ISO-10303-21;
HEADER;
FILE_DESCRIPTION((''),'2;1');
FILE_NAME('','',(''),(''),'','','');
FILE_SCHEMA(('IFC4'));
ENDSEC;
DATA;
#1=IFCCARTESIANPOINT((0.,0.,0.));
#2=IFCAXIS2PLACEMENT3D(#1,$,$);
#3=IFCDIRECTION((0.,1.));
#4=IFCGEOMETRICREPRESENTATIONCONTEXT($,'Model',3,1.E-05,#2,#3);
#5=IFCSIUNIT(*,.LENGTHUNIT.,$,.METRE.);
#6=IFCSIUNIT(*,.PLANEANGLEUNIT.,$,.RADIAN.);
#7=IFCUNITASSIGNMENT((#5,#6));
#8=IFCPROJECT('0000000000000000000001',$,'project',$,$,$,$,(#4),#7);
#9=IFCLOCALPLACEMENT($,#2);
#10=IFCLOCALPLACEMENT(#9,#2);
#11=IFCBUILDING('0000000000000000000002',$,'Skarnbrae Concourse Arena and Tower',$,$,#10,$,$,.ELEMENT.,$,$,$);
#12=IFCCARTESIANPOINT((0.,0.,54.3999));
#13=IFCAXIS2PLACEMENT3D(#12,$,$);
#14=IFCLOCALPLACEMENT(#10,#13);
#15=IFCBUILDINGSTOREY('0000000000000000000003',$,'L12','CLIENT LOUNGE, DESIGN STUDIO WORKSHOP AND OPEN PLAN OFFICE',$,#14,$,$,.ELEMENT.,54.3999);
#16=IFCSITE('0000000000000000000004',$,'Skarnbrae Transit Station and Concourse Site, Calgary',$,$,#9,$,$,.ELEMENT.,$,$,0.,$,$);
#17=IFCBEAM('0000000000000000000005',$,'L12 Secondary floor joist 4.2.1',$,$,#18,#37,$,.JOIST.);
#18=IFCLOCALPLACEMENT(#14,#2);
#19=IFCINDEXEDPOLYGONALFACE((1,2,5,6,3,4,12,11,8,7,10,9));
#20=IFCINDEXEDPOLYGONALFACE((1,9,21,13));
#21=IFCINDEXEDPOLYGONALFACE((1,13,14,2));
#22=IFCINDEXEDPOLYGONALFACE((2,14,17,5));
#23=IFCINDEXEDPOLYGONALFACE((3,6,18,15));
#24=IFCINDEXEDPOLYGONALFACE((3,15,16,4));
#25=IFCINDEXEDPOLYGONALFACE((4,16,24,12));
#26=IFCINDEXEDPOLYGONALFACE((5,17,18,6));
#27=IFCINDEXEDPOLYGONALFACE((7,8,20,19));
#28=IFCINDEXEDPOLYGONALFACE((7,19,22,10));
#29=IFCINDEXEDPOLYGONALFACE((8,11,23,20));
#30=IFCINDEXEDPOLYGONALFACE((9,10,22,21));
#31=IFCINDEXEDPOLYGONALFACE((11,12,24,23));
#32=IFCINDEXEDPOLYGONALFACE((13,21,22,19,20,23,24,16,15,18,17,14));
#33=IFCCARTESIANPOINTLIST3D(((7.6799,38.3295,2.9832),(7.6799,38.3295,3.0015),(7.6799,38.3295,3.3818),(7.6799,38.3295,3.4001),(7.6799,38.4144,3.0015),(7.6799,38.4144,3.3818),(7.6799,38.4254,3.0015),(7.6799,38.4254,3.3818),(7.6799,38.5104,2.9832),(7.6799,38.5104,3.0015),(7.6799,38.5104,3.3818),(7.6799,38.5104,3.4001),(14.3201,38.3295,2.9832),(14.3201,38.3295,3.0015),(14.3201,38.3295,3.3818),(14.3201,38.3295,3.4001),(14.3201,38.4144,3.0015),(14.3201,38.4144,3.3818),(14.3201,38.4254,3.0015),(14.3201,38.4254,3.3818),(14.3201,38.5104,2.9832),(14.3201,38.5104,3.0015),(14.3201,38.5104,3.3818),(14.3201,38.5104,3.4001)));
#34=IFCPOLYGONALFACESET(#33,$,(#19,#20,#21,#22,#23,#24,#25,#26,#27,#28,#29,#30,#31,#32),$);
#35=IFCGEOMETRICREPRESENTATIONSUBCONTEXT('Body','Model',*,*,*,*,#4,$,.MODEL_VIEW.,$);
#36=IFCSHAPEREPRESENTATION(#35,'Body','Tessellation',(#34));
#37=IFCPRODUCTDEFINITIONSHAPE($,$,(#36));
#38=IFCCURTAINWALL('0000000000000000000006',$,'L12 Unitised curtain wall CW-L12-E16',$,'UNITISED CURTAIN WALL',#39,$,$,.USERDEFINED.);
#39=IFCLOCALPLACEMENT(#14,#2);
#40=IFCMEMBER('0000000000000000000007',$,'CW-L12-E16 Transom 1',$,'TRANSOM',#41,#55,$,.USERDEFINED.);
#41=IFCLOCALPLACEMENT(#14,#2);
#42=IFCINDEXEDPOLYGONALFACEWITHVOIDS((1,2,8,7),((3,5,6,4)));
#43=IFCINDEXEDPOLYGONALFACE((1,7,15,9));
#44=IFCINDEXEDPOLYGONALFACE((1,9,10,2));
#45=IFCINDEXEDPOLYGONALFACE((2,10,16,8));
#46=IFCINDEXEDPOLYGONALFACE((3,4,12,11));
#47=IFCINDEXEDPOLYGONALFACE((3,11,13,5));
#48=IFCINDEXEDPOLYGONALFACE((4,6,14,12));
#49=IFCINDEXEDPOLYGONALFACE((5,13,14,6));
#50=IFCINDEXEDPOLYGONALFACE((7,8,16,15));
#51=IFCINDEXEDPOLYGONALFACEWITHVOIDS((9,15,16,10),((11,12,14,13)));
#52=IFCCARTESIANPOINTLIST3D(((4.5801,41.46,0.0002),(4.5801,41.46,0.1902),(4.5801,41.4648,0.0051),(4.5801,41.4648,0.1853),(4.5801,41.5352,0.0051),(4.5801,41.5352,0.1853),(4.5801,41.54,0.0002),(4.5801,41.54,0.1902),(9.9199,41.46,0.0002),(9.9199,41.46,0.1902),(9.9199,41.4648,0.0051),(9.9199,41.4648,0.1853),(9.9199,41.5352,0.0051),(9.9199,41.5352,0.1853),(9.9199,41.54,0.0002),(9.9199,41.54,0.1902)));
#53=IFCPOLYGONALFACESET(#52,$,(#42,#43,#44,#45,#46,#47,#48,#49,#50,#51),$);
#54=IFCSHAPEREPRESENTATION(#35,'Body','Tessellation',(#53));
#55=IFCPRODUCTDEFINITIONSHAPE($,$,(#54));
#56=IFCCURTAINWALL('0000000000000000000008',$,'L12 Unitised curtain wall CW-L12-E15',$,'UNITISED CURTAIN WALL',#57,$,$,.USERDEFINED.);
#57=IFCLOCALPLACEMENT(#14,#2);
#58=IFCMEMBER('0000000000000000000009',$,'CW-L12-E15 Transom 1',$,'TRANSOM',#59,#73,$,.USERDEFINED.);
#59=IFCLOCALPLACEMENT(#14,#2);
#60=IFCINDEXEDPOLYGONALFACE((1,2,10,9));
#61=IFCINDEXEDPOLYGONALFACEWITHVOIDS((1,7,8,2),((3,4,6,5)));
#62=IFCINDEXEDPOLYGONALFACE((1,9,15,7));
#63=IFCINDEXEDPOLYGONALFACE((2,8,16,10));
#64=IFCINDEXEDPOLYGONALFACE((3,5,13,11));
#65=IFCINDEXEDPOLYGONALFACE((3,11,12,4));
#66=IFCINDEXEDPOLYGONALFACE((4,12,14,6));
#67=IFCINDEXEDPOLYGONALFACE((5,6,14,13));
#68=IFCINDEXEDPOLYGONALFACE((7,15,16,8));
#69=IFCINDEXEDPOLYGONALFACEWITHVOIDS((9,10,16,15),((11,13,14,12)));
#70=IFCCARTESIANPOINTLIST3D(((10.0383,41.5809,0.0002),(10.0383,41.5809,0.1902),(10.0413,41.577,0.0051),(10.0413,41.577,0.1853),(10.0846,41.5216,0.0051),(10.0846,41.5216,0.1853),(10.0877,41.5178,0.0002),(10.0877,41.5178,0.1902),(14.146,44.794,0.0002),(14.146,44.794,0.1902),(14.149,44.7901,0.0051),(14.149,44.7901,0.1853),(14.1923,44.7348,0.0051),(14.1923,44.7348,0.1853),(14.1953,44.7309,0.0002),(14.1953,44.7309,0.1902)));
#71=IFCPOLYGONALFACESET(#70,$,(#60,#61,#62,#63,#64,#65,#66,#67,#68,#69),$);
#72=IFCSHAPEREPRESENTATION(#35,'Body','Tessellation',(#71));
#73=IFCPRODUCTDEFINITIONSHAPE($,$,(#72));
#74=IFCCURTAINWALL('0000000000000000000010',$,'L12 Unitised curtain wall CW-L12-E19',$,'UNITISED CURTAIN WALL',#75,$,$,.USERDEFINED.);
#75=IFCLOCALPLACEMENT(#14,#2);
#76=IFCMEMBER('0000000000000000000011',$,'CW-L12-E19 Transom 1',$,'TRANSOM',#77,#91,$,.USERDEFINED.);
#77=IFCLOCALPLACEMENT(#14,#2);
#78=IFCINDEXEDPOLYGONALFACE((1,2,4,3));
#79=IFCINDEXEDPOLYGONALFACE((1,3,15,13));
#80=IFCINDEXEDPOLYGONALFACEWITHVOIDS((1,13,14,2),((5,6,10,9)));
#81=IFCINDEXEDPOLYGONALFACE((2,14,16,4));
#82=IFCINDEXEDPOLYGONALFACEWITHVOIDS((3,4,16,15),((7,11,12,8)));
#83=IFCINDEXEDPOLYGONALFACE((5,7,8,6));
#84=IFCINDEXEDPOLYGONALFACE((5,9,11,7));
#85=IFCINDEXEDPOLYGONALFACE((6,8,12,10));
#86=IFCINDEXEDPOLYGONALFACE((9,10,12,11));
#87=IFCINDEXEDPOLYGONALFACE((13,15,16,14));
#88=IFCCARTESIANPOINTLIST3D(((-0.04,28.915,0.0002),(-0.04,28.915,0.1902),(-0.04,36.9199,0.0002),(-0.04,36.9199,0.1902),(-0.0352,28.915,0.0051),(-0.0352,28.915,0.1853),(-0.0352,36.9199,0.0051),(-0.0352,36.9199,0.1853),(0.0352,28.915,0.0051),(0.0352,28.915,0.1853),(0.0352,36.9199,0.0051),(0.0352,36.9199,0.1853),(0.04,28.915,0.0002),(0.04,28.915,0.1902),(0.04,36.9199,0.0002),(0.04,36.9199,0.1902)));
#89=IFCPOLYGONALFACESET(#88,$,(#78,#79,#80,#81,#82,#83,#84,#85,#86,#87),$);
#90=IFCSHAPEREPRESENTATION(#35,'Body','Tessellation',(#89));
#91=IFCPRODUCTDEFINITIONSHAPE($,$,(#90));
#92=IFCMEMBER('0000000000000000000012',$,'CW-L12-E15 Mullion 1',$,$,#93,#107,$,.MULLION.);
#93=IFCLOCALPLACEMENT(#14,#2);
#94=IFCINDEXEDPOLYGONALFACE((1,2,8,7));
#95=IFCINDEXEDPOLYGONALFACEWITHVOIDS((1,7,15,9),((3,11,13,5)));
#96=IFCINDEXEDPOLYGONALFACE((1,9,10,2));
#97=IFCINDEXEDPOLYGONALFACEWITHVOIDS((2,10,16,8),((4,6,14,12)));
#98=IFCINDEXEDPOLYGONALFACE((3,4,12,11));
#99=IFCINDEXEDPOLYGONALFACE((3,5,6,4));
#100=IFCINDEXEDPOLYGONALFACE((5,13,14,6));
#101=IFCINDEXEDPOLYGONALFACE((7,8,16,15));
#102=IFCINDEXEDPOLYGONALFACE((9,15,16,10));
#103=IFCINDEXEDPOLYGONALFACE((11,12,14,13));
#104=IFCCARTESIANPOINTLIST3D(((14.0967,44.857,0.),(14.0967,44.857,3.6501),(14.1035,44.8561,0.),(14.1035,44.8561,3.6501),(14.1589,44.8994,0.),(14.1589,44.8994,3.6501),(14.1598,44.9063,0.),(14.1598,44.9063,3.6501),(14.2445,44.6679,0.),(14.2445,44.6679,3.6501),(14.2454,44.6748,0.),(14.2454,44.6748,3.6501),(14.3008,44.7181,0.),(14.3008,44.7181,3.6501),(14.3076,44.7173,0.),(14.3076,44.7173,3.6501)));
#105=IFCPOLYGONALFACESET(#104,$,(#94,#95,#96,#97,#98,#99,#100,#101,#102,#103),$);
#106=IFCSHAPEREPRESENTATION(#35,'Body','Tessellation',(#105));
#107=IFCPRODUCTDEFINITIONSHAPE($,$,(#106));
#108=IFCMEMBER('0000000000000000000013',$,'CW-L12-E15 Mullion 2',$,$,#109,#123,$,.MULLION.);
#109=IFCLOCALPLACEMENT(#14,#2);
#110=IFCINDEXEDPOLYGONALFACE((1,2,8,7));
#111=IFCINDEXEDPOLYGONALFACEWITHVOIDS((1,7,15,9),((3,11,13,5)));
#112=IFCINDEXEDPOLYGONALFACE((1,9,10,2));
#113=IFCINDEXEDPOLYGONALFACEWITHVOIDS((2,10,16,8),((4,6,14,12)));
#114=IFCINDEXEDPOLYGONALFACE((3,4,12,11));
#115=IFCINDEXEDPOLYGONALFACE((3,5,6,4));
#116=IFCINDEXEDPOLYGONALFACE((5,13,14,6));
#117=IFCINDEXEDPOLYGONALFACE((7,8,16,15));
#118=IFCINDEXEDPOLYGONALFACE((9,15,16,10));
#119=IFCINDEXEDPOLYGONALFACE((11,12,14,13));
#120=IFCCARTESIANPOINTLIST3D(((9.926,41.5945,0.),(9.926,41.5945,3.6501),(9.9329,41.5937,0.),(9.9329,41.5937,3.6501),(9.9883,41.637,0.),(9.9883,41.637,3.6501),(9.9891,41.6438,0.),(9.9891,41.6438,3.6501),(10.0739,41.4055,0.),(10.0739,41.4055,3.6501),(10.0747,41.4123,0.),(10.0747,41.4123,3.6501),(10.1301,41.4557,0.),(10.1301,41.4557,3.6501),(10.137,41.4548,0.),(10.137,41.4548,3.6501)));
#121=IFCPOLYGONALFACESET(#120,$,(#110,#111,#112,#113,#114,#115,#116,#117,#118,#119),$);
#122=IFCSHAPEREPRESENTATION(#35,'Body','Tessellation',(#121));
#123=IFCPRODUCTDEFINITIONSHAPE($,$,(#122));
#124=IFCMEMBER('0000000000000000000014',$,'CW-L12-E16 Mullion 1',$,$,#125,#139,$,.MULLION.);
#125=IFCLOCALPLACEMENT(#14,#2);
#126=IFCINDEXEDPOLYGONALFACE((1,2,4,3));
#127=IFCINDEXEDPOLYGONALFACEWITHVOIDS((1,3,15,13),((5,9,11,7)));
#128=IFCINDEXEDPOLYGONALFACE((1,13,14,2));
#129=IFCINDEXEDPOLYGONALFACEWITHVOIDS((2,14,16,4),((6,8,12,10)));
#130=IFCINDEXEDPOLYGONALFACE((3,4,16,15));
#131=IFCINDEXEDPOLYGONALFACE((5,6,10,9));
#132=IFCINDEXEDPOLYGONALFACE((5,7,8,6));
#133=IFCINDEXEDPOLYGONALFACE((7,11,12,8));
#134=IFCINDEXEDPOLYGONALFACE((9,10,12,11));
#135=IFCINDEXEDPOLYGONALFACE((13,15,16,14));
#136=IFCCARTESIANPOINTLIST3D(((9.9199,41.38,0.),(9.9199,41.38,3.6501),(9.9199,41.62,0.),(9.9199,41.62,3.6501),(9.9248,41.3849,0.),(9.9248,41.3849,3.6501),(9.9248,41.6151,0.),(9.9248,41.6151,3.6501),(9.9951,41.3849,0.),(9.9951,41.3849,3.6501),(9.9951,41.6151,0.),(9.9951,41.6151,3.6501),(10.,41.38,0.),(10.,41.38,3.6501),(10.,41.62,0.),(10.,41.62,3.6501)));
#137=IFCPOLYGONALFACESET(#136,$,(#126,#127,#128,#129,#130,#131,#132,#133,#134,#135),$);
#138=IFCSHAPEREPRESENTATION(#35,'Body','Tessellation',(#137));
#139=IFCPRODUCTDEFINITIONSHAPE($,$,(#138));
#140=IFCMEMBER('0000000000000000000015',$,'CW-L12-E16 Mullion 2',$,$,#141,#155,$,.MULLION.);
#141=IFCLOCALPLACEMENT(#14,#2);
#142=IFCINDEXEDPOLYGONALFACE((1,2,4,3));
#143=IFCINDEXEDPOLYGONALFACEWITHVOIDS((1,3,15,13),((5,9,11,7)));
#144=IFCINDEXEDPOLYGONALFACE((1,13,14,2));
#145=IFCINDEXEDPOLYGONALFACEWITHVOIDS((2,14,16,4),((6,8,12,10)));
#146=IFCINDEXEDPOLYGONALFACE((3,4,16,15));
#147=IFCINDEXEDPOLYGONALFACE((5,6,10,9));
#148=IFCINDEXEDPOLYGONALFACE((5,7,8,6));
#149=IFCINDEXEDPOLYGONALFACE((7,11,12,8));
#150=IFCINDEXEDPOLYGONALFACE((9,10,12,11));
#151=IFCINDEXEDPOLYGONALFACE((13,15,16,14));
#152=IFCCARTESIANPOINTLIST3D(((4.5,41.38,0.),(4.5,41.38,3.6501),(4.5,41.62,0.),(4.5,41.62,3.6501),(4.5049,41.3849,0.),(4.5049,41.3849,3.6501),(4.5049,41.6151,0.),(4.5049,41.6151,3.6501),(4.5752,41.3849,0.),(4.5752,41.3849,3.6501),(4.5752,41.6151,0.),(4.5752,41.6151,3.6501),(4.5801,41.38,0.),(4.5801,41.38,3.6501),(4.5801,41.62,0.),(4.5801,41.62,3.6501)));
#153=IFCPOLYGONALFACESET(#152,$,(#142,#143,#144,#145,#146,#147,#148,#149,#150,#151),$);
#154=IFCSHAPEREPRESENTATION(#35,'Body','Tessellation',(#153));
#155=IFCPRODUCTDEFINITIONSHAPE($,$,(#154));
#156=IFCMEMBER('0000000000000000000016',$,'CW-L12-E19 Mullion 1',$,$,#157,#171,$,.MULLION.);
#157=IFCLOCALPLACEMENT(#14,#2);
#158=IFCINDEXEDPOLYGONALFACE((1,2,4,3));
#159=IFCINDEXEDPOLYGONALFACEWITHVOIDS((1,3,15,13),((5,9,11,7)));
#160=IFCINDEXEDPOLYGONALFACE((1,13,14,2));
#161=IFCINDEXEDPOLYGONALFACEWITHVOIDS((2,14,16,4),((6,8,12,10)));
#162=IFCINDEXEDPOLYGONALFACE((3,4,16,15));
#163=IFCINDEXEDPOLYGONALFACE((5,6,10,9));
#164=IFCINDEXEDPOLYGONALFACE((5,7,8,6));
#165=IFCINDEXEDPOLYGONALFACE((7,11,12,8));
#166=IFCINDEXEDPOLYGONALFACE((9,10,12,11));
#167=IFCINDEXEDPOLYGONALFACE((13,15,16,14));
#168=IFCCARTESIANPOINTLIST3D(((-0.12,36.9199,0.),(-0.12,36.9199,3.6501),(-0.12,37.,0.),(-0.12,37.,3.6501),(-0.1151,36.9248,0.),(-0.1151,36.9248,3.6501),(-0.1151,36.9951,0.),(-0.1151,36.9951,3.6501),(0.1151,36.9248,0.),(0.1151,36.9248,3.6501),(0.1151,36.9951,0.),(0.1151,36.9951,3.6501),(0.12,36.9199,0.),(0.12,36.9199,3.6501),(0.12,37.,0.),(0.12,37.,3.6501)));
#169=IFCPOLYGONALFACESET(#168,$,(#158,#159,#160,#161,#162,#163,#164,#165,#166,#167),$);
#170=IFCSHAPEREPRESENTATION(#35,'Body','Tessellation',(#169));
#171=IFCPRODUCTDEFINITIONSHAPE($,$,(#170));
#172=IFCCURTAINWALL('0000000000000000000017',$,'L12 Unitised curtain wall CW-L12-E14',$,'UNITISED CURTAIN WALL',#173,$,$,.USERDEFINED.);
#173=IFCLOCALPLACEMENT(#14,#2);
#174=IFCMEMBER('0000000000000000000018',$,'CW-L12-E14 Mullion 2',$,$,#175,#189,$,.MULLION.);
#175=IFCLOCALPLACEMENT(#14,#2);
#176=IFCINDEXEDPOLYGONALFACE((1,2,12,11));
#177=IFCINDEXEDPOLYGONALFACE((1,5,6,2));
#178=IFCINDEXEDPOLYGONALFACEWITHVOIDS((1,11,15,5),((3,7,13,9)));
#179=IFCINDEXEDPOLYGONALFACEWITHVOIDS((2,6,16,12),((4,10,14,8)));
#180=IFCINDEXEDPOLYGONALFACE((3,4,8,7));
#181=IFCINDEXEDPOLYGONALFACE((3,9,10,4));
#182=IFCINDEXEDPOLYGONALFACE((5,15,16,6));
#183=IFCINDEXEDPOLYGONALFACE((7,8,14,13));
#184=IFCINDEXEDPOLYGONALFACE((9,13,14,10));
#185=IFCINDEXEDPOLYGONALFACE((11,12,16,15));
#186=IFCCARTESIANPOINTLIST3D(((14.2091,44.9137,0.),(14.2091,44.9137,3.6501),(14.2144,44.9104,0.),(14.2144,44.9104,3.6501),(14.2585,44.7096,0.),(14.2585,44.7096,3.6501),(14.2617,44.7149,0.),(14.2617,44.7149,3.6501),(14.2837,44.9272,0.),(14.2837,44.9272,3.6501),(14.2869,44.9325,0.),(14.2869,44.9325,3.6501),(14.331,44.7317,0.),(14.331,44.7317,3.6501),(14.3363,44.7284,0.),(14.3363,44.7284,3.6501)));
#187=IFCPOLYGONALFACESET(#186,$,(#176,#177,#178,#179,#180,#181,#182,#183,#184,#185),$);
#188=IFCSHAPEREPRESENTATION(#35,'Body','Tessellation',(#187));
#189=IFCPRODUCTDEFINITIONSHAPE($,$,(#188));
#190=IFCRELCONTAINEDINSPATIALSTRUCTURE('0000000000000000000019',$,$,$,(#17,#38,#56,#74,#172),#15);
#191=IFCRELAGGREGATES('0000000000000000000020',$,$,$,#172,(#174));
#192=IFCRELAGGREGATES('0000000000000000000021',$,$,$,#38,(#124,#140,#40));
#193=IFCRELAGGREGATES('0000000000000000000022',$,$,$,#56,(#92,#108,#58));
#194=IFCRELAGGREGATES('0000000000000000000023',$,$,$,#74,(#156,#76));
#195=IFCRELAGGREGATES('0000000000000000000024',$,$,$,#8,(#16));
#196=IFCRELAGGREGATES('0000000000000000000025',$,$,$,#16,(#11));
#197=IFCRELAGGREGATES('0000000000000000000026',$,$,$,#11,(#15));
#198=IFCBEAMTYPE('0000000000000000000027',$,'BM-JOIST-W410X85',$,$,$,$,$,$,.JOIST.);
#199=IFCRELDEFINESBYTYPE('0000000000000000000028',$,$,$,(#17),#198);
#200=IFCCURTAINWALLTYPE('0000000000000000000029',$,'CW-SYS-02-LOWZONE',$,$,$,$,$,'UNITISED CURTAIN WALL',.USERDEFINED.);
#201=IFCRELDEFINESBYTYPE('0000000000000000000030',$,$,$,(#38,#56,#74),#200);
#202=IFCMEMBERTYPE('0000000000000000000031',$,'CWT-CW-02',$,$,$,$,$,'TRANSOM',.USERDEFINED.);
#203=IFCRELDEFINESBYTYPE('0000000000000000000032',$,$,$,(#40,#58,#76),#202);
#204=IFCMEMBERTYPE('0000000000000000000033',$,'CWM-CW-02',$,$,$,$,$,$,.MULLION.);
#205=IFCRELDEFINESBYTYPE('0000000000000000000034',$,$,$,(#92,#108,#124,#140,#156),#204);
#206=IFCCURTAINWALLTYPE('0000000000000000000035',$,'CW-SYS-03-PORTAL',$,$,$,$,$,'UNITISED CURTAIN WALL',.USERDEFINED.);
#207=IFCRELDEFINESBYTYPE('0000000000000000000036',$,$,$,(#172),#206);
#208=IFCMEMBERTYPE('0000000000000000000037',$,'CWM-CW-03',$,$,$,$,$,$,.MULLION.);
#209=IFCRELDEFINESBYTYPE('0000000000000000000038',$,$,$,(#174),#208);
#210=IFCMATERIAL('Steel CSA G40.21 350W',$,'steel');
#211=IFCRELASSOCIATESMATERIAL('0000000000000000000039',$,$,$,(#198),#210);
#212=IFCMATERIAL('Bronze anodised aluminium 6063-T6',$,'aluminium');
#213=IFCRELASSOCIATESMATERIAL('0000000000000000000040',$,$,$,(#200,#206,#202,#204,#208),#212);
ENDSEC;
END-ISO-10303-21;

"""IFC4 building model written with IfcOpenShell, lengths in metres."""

from ifc_helpers import new_model, si_unit, direction, frame, origin, origin_2d, place, context, subcontext, project, spatial, hollow_rectangle, i_section, extrude, source, transform, mapped, material, material_profile, profile_set, type_object, element, aggregate, save


model = new_model("IFC4")

# Units and contexts
model_context = context("Model", 3, precision=1e-05, world=origin(), true_north=direction((0.0, 1.0)))
body_context = subcontext(model_context, "Body", "Model", "MODEL_VIEW")
ifc_project = project(units=[si_unit("LENGTHUNIT", "METRE"), si_unit("PLANEANGLEUNIT", "RADIAN")], contexts=[model_context])

# Site, building, storey
site_placement = place(None, origin())
site = spatial("IfcSite", under=ifc_project, at=site_placement, Name="Skarnbrae Transit Station and Concourse Site, Calgary", CompositionType="ELEMENT", RefElevation=0.0)
building_placement = place(site_placement, origin())
building = spatial("IfcBuilding", under=site, at=building_placement, Name="Skarnbrae Concourse Arena and Tower", CompositionType="ELEMENT")
storey_placement = place(building_placement, frame((0.0, 0.0, 54.3999)))
storey = spatial("IfcBuildingStorey", under=building, at=storey_placement, Name="L12", Description="CLIENT LOUNGE, DESIGN STUDIO WORKSHOP AND OPEN PLAN OFFICE", CompositionType="ELEMENT", Elevation=54.3999)

# Shared definitions
ifc_material_1 = material(Name="Steel CSA G40.21 350W", Category="steel")

# Beam
ifc_material_profile_1 = material_profile(ifc_material_1, i_section(OverallWidth=0.1809, OverallDepth=0.417, WebThickness=0.011, FlangeThickness=0.0183, at=origin_2d()), Name="W410X85")
ifc_profile_set_1 = profile_set([ifc_material_profile_1], Name="Steel CSA G40.21 350W")
beam_type_1 = type_object("IfcBeamType", Name="BM-JOIST-W410X85", PredefinedType="JOIST", material=ifc_profile_set_1)
shared_shape_1 = source(origin(), body_context, "Body", "SweptSolid", [
    extrude(i_section(OverallWidth=0.1809, OverallDepth=0.417, WebThickness=0.011, FlangeThickness=0.0183, at=origin_2d()), origin(), (0.0, 0.0, 1.0), 6.6401),
])
for number, where, z_axis, x_axis, name in (
    (1, (7.6799, 38.4199, 3.1917), (1.0, 0.0, 0.0), (0.0, 1.0, 0.0), "L12 Secondary floor joist 4.2.1"),
):
    element("IfcBeam", number, at=place(storey_placement, frame(where, z_axis=z_axis, x_axis=x_axis)), inside=storey, type_object=beam_type_1, Name=name, PredefinedType="JOIST", context=body_context, shape_type="MappedRepresentation", body=[
        mapped(shared_shape_1, transform((0.0, 0.0, 0.0))),
    ])

# Curtain walls, members
ifc_material_2 = material(Name="Bronze anodised aluminium 6063-T6", Category="aluminium")
curtain_wall_type_1 = type_object("IfcCurtainWallType", Name="CW-SYS-02-LOWZONE", ElementType="UNITISED CURTAIN WALL", PredefinedType="USERDEFINED", material=ifc_material_2)
curtain_wall_1_placement = place(storey_placement, origin())
curtain_wall_1 = element("IfcCurtainWall", 2, at=curtain_wall_1_placement, inside=storey, type_object=curtain_wall_type_1, Name="L12 Unitised curtain wall CW-L12-E16", ObjectType="UNITISED CURTAIN WALL", PredefinedType="USERDEFINED")
ifc_material_profile_2 = material_profile(ifc_material_2, hollow_rectangle(XDim=0.0801, YDim=0.1899, WallThickness=0.0049, at=origin_2d()), Name="ALU-TRAN-80X190")
ifc_profile_set_2 = profile_set([ifc_material_profile_2], Name="Bronze anodised aluminium 6063-T6")
member_type_1 = type_object("IfcMemberType", Name="CWT-CW-02", ElementType="TRANSOM", PredefinedType="USERDEFINED", material=ifc_profile_set_2)
shared_shape_2 = source(origin(), body_context, "Body", "SweptSolid", [
    extrude(hollow_rectangle(XDim=0.0801, YDim=0.1899, WallThickness=0.0049, at=origin_2d()), origin(), (0.0, 0.0, 1.0), 5.3398),
])
member_1_placement = place(storey_placement, frame((9.9199, 41.5, 0.0952), z_axis=(-1.0, 0.0, 0.0), x_axis=(0.0, -1.0, 0.0)))
member_1 = element("IfcMember", 3, at=member_1_placement, type_object=member_type_1, Name="CW-L12-E16 Transom 1", ObjectType="TRANSOM", PredefinedType="USERDEFINED", context=body_context, shape_type="MappedRepresentation", body=[
    mapped(shared_shape_2, transform((0.0, 0.0, 0.0))),
])
curtain_wall_2_placement = place(storey_placement, origin())
curtain_wall_2 = element("IfcCurtainWall", 4, at=curtain_wall_2_placement, inside=storey, type_object=curtain_wall_type_1, Name="L12 Unitised curtain wall CW-L12-E15", ObjectType="UNITISED CURTAIN WALL", PredefinedType="USERDEFINED")
shared_shape_3 = source(origin(), body_context, "Body", "SweptSolid", [
    extrude(hollow_rectangle(XDim=0.0801, YDim=0.1899, WallThickness=0.0049, at=origin_2d()), origin(), (0.0, 0.0, 1.0), 5.2151),
])
member_2_placement = place(storey_placement, frame((14.1707, 44.7625, 0.0952), z_axis=(-0.78765, -0.616123, 0.0), x_axis=(0.616123, -0.78765, 0.0)))
member_2 = element("IfcMember", 5, at=member_2_placement, type_object=member_type_1, Name="CW-L12-E15 Transom 1", ObjectType="TRANSOM", PredefinedType="USERDEFINED", context=body_context, shape_type="MappedRepresentation", body=[
    mapped(shared_shape_3, transform((0.0, 0.0, 0.0))),
])
curtain_wall_3_placement = place(storey_placement, origin())
curtain_wall_3 = element("IfcCurtainWall", 6, at=curtain_wall_3_placement, inside=storey, type_object=curtain_wall_type_1, Name="L12 Unitised curtain wall CW-L12-E19", ObjectType="UNITISED CURTAIN WALL", PredefinedType="USERDEFINED")
shared_shape_4 = source(origin(), body_context, "Body", "SweptSolid", [
    extrude(hollow_rectangle(XDim=0.0801, YDim=0.1899, WallThickness=0.0049, at=origin_2d()), origin(), (0.0, 0.0, 1.0), 8.0049),
])
member_3_placement = place(storey_placement, frame((0.0, 36.9199, 0.0952), z_axis=(0.0, -1.0, 0.0), x_axis=(1.0, 0.0, 0.0)))
member_3 = element("IfcMember", 7, at=member_3_placement, type_object=member_type_1, Name="CW-L12-E19 Transom 1", ObjectType="TRANSOM", PredefinedType="USERDEFINED", context=body_context, shape_type="MappedRepresentation", body=[
    mapped(shared_shape_4, transform((0.0, 0.0, 0.0))),
])

# Members
ifc_material_profile_3 = material_profile(ifc_material_2, hollow_rectangle(XDim=0.0801, YDim=0.24, WallThickness=0.0049, at=origin_2d()), Name="ALU-MULL-80X240")
ifc_profile_set_3 = profile_set([ifc_material_profile_3], Name="Bronze anodised aluminium 6063-T6")
member_type_2 = type_object("IfcMemberType", Name="CWM-CW-02", PredefinedType="MULLION", material=ifc_profile_set_3)
shared_shape_5 = source(origin(), body_context, "Body", "SweptSolid", [
    extrude(hollow_rectangle(XDim=0.0801, YDim=0.24, WallThickness=0.0049, at=origin_2d()), origin(), (0.0, 0.0, 1.0), 3.6501),
])
member_4_placement = place(storey_placement, frame((14.2021, 44.7871, 0.0), z_axis=(0.0, 0.0, 1.0), x_axis=(-0.787652, -0.616121, 0.0)))
member_4 = element("IfcMember", 8, at=member_4_placement, type_object=member_type_2, Name="CW-L12-E15 Mullion 1", PredefinedType="MULLION", context=body_context, shape_type="MappedRepresentation", body=[
    mapped(shared_shape_5, transform((0.0, 0.0, 0.0))),
])
member_5_placement = place(storey_placement, frame((10.0315, 41.5247, 0.0), z_axis=(0.0, 0.0, 1.0), x_axis=(-0.787652, -0.616121, 0.0)))
member_5 = element("IfcMember", 9, at=member_5_placement, type_object=member_type_2, Name="CW-L12-E15 Mullion 2", PredefinedType="MULLION", context=body_context, shape_type="MappedRepresentation", body=[
    mapped(shared_shape_5, transform((0.0, 0.0, 0.0))),
])
member_6_placement = place(storey_placement, frame((9.96, 41.5, 0.0), z_axis=(0.0, 0.0, 1.0), x_axis=(-1.0, 0.0, 0.0)))
member_6 = element("IfcMember", 10, at=member_6_placement, type_object=member_type_2, Name="CW-L12-E16 Mullion 1", PredefinedType="MULLION", context=body_context, shape_type="MappedRepresentation", body=[
    mapped(shared_shape_5, transform((0.0, 0.0, 0.0))),
])
member_7_placement = place(storey_placement, frame((4.54, 41.5, 0.0), z_axis=(0.0, 0.0, 1.0), x_axis=(-1.0, 0.0, 0.0)))
member_7 = element("IfcMember", 11, at=member_7_placement, type_object=member_type_2, Name="CW-L12-E16 Mullion 2", PredefinedType="MULLION", context=body_context, shape_type="MappedRepresentation", body=[
    mapped(shared_shape_5, transform((0.0, 0.0, 0.0))),
])
member_8_placement = place(storey_placement, frame((0.0, 36.96, 0.0), z_axis=(0.0, 0.0, 1.0), x_axis=(0.0, -1.0, 0.0)))
member_8 = element("IfcMember", 12, at=member_8_placement, type_object=member_type_2, Name="CW-L12-E19 Mullion 1", PredefinedType="MULLION", context=body_context, shape_type="MappedRepresentation", body=[
    mapped(shared_shape_5, transform((0.0, 0.0, 0.0))),
])

# Curtain wall, member
curtain_wall_type_2 = type_object("IfcCurtainWallType", Name="CW-SYS-03-PORTAL", ElementType="UNITISED CURTAIN WALL", PredefinedType="USERDEFINED", material=ifc_material_2)
curtain_wall_4_placement = place(storey_placement, origin())
curtain_wall_4 = element("IfcCurtainWall", 13, at=curtain_wall_4_placement, inside=storey, type_object=curtain_wall_type_2, Name="L12 Unitised curtain wall CW-L12-E14", ObjectType="UNITISED CURTAIN WALL", PredefinedType="USERDEFINED")
ifc_material_profile_4 = material_profile(ifc_material_2, hollow_rectangle(XDim=0.0801, YDim=0.21, WallThickness=0.0044, at=origin_2d()), Name="ALU-MULL-80X210")
ifc_profile_set_4 = profile_set([ifc_material_profile_4], Name="Bronze anodised aluminium 6063-T6")
member_type_3 = type_object("IfcMemberType", Name="CWM-CW-03", PredefinedType="MULLION", material=ifc_profile_set_4)
shared_shape_6 = source(origin(), body_context, "Body", "SweptSolid", [
    extrude(hollow_rectangle(XDim=0.0801, YDim=0.21, WallThickness=0.0044, at=origin_2d()), origin(), (0.0, 0.0, 1.0), 3.6501),
])
member_9_placement = place(storey_placement, frame((14.2727, 44.821, 0.0), z_axis=(0.0, 0.0, 1.0), x_axis=(-0.971974, -0.23509, 0.0)))
member_9 = element("IfcMember", 14, at=member_9_placement, type_object=member_type_3, Name="CW-L12-E14 Mullion 2", PredefinedType="MULLION", context=body_context, shape_type="MappedRepresentation", body=[
    mapped(shared_shape_6, transform((0.0, 0.0, 0.0))),
])
aggregate(curtain_wall_4, [member_9])

aggregate(curtain_wall_1, [member_6, member_7, member_1])
aggregate(curtain_wall_2, [member_4, member_5, member_2])
aggregate(curtain_wall_3, [member_8, member_3])

save(model, "model.ifc")
